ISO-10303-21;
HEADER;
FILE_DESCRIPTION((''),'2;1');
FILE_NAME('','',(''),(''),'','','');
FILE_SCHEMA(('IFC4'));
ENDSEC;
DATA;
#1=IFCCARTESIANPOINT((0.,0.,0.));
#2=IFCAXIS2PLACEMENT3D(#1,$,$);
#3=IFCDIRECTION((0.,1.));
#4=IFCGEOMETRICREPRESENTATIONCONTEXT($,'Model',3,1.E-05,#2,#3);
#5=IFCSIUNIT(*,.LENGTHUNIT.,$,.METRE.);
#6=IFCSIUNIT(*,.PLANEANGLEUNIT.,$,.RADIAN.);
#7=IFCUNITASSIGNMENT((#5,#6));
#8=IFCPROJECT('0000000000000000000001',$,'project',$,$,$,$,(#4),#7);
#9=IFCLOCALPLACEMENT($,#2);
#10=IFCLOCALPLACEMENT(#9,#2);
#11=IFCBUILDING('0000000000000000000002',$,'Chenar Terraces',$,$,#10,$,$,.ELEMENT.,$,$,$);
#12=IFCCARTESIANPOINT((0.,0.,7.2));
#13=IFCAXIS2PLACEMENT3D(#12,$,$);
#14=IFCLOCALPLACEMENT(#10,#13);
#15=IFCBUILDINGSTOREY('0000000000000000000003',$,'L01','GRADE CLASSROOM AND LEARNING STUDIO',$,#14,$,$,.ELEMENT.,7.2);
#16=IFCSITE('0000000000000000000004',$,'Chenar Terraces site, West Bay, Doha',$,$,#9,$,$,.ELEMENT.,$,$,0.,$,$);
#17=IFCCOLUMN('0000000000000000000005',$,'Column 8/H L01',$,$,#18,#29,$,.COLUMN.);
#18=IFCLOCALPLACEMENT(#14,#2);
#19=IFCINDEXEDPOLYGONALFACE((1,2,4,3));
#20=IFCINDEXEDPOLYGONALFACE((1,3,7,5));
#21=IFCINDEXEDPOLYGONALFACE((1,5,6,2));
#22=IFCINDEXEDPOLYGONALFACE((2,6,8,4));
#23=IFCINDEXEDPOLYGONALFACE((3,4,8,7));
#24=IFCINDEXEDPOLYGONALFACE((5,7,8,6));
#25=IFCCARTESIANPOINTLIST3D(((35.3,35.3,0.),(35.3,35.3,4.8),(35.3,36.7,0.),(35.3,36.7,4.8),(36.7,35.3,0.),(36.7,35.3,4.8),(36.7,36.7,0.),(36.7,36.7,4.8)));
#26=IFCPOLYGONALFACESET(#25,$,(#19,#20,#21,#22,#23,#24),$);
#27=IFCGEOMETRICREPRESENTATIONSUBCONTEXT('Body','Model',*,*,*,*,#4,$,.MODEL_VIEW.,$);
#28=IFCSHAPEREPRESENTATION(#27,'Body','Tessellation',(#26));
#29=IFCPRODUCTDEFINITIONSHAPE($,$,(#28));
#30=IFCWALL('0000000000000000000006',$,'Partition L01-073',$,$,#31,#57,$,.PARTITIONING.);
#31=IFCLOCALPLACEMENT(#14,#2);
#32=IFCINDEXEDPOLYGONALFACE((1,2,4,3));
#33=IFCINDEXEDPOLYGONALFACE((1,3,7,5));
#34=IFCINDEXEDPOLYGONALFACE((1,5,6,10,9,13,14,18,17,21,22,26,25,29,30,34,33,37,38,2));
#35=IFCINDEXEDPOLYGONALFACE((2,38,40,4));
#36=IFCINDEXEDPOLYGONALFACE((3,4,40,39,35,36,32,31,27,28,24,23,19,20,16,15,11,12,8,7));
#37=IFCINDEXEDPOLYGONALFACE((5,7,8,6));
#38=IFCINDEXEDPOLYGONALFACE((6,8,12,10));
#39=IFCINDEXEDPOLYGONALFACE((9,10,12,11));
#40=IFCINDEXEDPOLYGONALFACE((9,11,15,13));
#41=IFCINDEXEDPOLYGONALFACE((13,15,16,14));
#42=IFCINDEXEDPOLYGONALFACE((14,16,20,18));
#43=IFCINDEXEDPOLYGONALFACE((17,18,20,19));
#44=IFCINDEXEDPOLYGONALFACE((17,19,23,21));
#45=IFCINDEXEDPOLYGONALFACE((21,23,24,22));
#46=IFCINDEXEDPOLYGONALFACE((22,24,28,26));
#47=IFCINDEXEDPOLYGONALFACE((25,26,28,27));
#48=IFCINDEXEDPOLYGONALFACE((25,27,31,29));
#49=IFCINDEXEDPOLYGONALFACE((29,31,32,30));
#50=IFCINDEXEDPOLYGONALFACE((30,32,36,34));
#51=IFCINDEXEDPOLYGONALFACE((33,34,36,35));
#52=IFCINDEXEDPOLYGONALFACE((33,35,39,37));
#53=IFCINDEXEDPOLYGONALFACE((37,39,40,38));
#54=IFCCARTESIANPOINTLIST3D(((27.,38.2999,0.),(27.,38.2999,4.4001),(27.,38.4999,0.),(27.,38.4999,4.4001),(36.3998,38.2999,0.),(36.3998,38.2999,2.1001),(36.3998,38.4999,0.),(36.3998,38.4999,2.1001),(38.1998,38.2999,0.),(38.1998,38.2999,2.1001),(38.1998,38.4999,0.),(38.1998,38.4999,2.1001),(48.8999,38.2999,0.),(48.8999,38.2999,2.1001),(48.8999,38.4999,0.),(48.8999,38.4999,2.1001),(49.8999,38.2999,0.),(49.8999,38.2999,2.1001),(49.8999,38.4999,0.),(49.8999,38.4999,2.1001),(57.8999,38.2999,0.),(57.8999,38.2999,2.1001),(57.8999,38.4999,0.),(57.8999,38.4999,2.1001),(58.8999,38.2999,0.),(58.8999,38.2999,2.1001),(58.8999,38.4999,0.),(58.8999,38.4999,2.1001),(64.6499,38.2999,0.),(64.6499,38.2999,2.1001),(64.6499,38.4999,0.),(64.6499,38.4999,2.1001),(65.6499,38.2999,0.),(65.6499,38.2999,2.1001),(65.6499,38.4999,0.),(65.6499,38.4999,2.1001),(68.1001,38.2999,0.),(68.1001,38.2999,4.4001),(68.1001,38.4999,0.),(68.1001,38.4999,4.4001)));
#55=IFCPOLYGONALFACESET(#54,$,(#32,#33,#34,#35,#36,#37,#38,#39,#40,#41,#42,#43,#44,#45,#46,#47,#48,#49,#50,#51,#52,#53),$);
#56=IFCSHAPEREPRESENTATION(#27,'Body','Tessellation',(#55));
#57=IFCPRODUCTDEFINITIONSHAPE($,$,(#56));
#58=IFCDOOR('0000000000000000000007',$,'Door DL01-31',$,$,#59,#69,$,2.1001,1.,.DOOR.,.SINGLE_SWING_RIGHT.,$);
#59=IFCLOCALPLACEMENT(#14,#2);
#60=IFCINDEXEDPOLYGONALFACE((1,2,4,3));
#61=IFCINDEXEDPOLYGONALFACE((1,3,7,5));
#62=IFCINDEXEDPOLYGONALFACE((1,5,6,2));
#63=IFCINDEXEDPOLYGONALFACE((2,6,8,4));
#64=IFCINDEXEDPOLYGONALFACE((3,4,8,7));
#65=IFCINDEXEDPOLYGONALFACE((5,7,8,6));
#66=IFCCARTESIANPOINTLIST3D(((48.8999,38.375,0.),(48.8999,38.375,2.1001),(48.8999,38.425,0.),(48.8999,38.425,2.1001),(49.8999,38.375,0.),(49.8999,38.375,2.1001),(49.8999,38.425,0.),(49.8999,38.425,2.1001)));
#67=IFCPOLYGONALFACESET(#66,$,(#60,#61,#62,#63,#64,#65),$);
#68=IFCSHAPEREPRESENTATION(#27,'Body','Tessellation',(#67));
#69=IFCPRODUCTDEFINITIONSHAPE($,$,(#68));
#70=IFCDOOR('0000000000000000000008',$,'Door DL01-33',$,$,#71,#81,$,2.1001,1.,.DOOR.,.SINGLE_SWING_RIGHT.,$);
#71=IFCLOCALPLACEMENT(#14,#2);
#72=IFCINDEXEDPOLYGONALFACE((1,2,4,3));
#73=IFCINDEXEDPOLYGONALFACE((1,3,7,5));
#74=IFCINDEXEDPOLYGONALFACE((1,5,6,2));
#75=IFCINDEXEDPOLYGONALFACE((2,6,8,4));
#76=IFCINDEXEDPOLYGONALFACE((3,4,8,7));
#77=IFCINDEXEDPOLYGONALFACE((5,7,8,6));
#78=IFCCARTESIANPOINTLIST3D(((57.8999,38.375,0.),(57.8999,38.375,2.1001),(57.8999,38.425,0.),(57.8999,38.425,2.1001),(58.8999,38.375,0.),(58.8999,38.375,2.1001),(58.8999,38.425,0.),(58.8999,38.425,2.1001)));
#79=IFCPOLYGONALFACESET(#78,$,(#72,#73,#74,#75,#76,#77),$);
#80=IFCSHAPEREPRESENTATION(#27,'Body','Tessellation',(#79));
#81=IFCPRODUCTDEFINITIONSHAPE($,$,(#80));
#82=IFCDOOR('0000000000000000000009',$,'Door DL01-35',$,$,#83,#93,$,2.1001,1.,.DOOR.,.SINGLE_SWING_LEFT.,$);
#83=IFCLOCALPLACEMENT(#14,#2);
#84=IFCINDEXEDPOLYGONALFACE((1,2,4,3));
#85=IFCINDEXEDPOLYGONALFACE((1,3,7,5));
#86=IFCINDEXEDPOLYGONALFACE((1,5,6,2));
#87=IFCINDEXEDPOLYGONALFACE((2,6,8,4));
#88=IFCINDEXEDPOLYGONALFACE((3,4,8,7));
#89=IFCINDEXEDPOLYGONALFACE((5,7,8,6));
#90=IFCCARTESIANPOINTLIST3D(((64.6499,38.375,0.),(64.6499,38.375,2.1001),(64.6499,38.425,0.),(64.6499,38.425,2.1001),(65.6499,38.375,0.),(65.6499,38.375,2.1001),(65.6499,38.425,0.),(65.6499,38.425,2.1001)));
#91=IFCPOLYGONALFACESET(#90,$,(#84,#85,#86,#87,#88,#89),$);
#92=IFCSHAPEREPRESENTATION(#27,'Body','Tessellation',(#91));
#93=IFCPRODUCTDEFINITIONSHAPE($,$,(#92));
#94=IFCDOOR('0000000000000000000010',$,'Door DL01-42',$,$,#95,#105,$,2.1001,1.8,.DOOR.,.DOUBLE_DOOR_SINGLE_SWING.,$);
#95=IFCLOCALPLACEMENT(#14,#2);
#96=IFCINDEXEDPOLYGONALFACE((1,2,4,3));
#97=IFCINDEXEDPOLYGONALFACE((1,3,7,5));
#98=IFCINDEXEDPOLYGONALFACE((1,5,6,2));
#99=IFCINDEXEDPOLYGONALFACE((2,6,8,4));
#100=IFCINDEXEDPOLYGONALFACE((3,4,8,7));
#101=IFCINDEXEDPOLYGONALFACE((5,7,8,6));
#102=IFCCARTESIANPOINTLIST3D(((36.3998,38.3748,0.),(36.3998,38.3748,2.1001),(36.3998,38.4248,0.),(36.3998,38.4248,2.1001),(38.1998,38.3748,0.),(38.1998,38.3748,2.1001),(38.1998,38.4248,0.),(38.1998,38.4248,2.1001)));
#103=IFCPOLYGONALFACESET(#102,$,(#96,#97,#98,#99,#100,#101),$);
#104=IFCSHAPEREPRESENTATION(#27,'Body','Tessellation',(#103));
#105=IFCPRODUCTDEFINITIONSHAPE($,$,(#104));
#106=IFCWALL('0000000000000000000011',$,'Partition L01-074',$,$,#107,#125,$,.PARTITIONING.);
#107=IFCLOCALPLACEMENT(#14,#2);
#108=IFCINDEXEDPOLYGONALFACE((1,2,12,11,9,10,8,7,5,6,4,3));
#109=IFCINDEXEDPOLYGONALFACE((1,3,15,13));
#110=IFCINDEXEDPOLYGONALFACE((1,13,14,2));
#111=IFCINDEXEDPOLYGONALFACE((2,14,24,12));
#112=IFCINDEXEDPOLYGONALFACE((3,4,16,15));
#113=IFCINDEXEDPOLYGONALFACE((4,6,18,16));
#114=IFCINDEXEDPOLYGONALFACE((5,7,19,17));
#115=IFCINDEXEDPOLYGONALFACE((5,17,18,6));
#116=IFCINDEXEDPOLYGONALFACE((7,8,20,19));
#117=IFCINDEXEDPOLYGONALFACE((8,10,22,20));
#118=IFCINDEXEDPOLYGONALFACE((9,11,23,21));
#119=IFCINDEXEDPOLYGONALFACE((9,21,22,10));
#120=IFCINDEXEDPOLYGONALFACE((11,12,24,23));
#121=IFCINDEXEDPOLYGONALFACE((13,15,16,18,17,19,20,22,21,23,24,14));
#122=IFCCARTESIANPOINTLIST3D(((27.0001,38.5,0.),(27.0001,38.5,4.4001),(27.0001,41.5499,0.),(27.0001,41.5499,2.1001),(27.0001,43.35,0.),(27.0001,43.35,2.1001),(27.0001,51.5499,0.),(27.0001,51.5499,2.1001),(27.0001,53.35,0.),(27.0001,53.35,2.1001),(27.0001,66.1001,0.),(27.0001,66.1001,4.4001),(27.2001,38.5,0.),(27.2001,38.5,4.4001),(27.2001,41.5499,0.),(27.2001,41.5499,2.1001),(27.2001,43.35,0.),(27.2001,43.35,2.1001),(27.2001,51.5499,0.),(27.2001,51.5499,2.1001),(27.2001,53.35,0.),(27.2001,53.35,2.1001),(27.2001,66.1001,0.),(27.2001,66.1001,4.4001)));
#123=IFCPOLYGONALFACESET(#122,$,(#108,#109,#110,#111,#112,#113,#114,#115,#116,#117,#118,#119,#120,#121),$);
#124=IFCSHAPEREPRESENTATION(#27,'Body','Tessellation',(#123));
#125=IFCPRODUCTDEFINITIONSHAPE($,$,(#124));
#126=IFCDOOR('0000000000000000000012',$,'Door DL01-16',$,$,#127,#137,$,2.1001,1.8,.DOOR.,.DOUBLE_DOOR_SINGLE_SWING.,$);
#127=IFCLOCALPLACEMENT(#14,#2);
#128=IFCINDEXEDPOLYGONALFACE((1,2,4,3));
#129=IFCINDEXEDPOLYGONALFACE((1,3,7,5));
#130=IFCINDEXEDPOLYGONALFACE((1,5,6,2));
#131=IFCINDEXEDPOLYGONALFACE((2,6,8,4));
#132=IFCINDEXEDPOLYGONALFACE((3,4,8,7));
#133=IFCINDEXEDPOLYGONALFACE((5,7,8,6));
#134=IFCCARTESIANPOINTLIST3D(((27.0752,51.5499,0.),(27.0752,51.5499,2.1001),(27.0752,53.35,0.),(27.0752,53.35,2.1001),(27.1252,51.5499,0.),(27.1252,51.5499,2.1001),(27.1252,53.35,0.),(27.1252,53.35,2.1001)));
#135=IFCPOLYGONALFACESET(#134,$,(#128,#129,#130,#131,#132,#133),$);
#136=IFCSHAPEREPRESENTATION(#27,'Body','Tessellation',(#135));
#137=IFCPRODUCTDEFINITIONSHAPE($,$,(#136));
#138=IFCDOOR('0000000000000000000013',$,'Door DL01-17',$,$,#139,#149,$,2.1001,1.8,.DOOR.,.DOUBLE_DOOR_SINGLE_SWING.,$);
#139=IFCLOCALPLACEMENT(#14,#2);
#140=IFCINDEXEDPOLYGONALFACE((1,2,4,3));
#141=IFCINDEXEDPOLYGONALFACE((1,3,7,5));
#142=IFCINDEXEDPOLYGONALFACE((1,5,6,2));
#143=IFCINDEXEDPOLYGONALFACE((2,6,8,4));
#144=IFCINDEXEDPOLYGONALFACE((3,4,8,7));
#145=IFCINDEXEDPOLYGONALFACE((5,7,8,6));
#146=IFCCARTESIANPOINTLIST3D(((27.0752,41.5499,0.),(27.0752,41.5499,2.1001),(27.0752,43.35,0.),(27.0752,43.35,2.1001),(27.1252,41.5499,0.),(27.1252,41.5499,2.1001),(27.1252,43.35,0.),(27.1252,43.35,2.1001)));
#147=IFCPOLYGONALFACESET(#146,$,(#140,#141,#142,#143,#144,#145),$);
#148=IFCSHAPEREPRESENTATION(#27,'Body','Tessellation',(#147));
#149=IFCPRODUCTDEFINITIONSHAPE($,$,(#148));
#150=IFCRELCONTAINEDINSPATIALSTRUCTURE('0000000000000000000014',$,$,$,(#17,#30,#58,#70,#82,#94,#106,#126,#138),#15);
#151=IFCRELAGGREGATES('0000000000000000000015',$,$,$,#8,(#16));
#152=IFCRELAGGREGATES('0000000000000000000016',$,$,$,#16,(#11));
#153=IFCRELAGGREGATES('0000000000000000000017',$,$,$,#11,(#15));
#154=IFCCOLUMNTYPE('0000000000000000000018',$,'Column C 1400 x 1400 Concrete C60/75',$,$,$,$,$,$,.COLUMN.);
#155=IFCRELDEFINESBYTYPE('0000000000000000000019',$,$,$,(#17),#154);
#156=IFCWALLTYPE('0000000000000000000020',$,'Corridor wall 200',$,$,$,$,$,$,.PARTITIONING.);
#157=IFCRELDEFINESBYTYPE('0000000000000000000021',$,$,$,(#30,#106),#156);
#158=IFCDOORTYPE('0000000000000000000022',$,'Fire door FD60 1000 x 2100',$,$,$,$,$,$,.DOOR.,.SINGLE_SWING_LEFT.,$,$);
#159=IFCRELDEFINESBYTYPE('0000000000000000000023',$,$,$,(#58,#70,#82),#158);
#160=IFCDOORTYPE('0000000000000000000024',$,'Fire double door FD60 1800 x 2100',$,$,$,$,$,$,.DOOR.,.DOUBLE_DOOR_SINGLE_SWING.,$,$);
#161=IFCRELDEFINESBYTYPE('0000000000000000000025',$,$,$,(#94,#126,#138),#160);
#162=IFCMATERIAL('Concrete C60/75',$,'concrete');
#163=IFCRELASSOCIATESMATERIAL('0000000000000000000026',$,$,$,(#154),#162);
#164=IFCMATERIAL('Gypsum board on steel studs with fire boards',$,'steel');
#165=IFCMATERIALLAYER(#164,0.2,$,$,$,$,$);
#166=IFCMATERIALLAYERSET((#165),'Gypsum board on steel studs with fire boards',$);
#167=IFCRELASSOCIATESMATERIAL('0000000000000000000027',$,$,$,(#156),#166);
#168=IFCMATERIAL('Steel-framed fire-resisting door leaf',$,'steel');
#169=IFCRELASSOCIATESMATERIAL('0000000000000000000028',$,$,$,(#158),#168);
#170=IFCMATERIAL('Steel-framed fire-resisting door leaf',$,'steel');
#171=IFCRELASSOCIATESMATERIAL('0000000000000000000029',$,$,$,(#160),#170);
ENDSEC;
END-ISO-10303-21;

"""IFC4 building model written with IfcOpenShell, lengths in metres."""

from ifc_helpers import new_model, si_unit, direction, frame, frame_2d, origin, origin_2d, place, context, subcontext, project, spatial, rectangle, extrude, material, layer, layer_set, material_profile, profile_set, type_object, element, fill, save


model = new_model("IFC4")

# Units and contexts
model_context = context("Model", 3, precision=1e-05, world=origin(), true_north=direction((0.0, 1.0)))
body_context = subcontext(model_context, "Body", "Model", "MODEL_VIEW")
ifc_project = project(units=[si_unit("LENGTHUNIT", "METRE"), si_unit("PLANEANGLEUNIT", "RADIAN")], contexts=[model_context])

# Site, building, storey
site_placement = place(None, origin())
site = spatial("IfcSite", under=ifc_project, at=site_placement, Name="Chenar Terraces site, West Bay, Doha", CompositionType="ELEMENT", RefElevation=0.0)
building_placement = place(site_placement, origin())
building = spatial("IfcBuilding", under=site, at=building_placement, Name="Chenar Terraces", CompositionType="ELEMENT")
storey_placement = place(building_placement, frame((0.0, 0.0, 7.2)))
storey = spatial("IfcBuildingStorey", under=building, at=storey_placement, Name="L01", Description="GRADE CLASSROOM AND LEARNING STUDIO", CompositionType="ELEMENT", Elevation=7.2)

# Column
ifc_material_1 = material(Name="Concrete C60/75", Category="concrete")
ifc_material_profile = material_profile(ifc_material_1, rectangle(XDim=1.3999, YDim=1.3999, at=origin_2d()), Name="C 1400 x 1400")
ifc_profile_set = profile_set([ifc_material_profile], Name="Concrete C60/75")
column_type = type_object("IfcColumnType", Name="Column C 1400 x 1400 Concrete C60/75", PredefinedType="COLUMN", material=ifc_profile_set)
column_placement = place(storey_placement, frame((36.0, 36.0, 0.0), z_axis=(0.0, 0.0, 1.0), x_axis=(1.0, 0.0, 0.0)))
element("IfcColumn", 1, at=column_placement, inside=storey, type_object=column_type, Name="Column 8/H L01", PredefinedType="COLUMN", context=body_context, shape_type="SweptSolid", body=[
    extrude(rectangle(XDim=1.3999, YDim=1.3999, at=origin_2d()), origin(), (0.0, 0.0, 1.0), 4.8),
])

# Walls, openings, doors
ifc_material_2 = material(Name="Gypsum board on steel studs with fire boards", Category="steel")
ifc_layer_1 = layer(ifc_material_2, 0.2)
ifc_layer_set_1 = layer_set([ifc_layer_1], Name="Gypsum board on steel studs with fire boards")
wall_type_1 = type_object("IfcWallType", Name="Corridor wall 200", PredefinedType="PARTITIONING", material=ifc_layer_set_1)
wall_1_placement = place(storey_placement, frame((27.0, 38.3999, 0.0), z_axis=(0.0, 0.0, 1.0), x_axis=(1.0, 0.0, 0.0)))
wall_1 = element("IfcWall", 2, at=wall_1_placement, inside=storey, type_object=wall_type_1, Name="Partition L01-073", PredefinedType="PARTITIONING", context=body_context, shape_type="SweptSolid", body=[
    extrude(rectangle(XDim=41.1001, YDim=0.2, at=frame_2d((20.55, 0.0))), origin(), (0.0, 0.0, 1.0), 4.4001),
])
opening_1_placement = place(wall_1_placement, frame((21.8999, 0.0, 0.0)))
opening_1 = element("IfcOpeningElement", 3, at=opening_1_placement, cuts=wall_1, PredefinedType="OPENING", context=body_context, shape_type="SweptSolid", body=[
    extrude(rectangle(XDim=1.0, YDim=2.1001, at=frame_2d((0.5, 1.05))), frame((0.0, 0.1099, 0.0), z_axis=(0.0, -1.0, 0.0), x_axis=(1.0, 0.0, 0.0)), (0.0, 0.0, 1.0), 0.22),
])
opening_2_placement = place(wall_1_placement, frame((30.8999, 0.0, 0.0)))
opening_2 = element("IfcOpeningElement", 4, at=opening_2_placement, cuts=wall_1, PredefinedType="OPENING", context=body_context, shape_type="SweptSolid", body=[
    extrude(rectangle(XDim=1.0, YDim=2.1001, at=frame_2d((0.5, 1.05))), frame((0.0, 0.1099, 0.0), z_axis=(0.0, -1.0, 0.0), x_axis=(1.0, 0.0, 0.0)), (0.0, 0.0, 1.0), 0.22),
])
opening_3_placement = place(wall_1_placement, frame((37.6499, 0.0, 0.0)))
opening_3 = element("IfcOpeningElement", 5, at=opening_3_placement, cuts=wall_1, PredefinedType="OPENING", context=body_context, shape_type="SweptSolid", body=[
    extrude(rectangle(XDim=1.0, YDim=2.1001, at=frame_2d((0.5, 1.05))), frame((0.0, 0.1099, 0.0), z_axis=(0.0, -1.0, 0.0), x_axis=(1.0, 0.0, 0.0)), (0.0, 0.0, 1.0), 0.22),
])
opening_4_placement = place(wall_1_placement, frame((9.3999, 0.0, 0.0)))
opening_4 = element("IfcOpeningElement", 6, at=opening_4_placement, cuts=wall_1, PredefinedType="OPENING", context=body_context, shape_type="SweptSolid", body=[
    extrude(rectangle(XDim=1.8, YDim=2.1001, at=frame_2d((0.8999, 1.05))), frame((0.0, 0.1099, 0.0), z_axis=(0.0, -1.0, 0.0), x_axis=(1.0, 0.0, 0.0)), (0.0, 0.0, 1.0), 0.22),
])
ifc_material_3 = material(Name="Steel-framed fire-resisting door leaf", Category="steel")
door_type_1 = type_object("IfcDoorType", Name="Fire door FD60 1000 x 2100", OperationType="SINGLE_SWING_LEFT", PredefinedType="DOOR", material=ifc_material_3)
door_1_placement = place(opening_1_placement, frame((1.0, 0.0, 0.0), z_axis=(0.0, 0.0, 1.0), x_axis=(-1.0, 0.0, 0.0)))
door_1 = element("IfcDoor", 7, at=door_1_placement, inside=storey, type_object=door_type_1, Name="Door DL01-31", OperationType="SINGLE_SWING_RIGHT", OverallHeight=2.1001, OverallWidth=1.0, PredefinedType="DOOR", context=body_context, shape_type="SweptSolid", body=[
    extrude(rectangle(XDim=1.0, YDim=2.1001, at=frame_2d((0.5, 1.05))), frame((0.0, 0.0249, 0.0), z_axis=(0.0, -1.0, 0.0), x_axis=(1.0, 0.0, 0.0)), (0.0, 0.0, 1.0), 0.05),
])
fill(opening_1, door_1)
door_2_placement = place(opening_2_placement, frame((1.0, 0.0, 0.0), z_axis=(0.0, 0.0, 1.0), x_axis=(-1.0, 0.0, 0.0)))
door_2 = element("IfcDoor", 8, at=door_2_placement, inside=storey, type_object=door_type_1, Name="Door DL01-33", OperationType="SINGLE_SWING_RIGHT", OverallHeight=2.1001, OverallWidth=1.0, PredefinedType="DOOR", context=body_context, shape_type="SweptSolid", body=[
    extrude(rectangle(XDim=1.0, YDim=2.1001, at=frame_2d((0.5, 1.05))), frame((0.0, 0.0249, 0.0), z_axis=(0.0, -1.0, 0.0), x_axis=(1.0, 0.0, 0.0)), (0.0, 0.0, 1.0), 0.05),
])
fill(opening_2, door_2)
door_3_placement = place(opening_3_placement, frame((1.0, 0.0, 0.0), z_axis=(0.0, 0.0, 1.0), x_axis=(-1.0, 0.0, 0.0)))
door_3 = element("IfcDoor", 9, at=door_3_placement, inside=storey, type_object=door_type_1, Name="Door DL01-35", OperationType="SINGLE_SWING_LEFT", OverallHeight=2.1001, OverallWidth=1.0, PredefinedType="DOOR", context=body_context, shape_type="SweptSolid", body=[
    extrude(rectangle(XDim=1.0, YDim=2.1001, at=frame_2d((0.5, 1.05))), frame((0.0, 0.0249, 0.0), z_axis=(0.0, -1.0, 0.0), x_axis=(1.0, 0.0, 0.0)), (0.0, 0.0, 1.0), 0.05),
])
fill(opening_3, door_3)
ifc_material_4 = material(Name="Steel-framed fire-resisting door leaf", Category="steel")
door_type_2 = type_object("IfcDoorType", Name="Fire double door FD60 1800 x 2100", OperationType="DOUBLE_DOOR_SINGLE_SWING", PredefinedType="DOOR", material=ifc_material_4)
door_4_placement = place(opening_4_placement, origin())
door_4 = element("IfcDoor", 10, at=door_4_placement, inside=storey, type_object=door_type_2, Name="Door DL01-42", OperationType="DOUBLE_DOOR_SINGLE_SWING", OverallHeight=2.1001, OverallWidth=1.8, PredefinedType="DOOR", context=body_context, shape_type="SweptSolid", body=[
    extrude(rectangle(XDim=1.8, YDim=2.1001, at=frame_2d((0.8999, 1.05))), frame((0.0, 0.0249, 0.0), z_axis=(0.0, -1.0, 0.0), x_axis=(1.0, 0.0, 0.0)), (0.0, 0.0, 1.0), 0.05),
])
fill(opening_4, door_4)
wall_2_placement = place(storey_placement, frame((27.1001, 38.5, 0.0), z_axis=(0.0, 0.0, 1.0), x_axis=(0.0, 1.0, 0.0)))
wall_2 = element("IfcWall", 11, at=wall_2_placement, inside=storey, type_object=wall_type_1, Name="Partition L01-074", PredefinedType="PARTITIONING", context=body_context, shape_type="SweptSolid", body=[
    extrude(rectangle(XDim=27.6001, YDim=0.2, at=frame_2d((13.8, 0.0))), origin(), (0.0, 0.0, 1.0), 4.4001),
])
opening_5_placement = place(wall_2_placement, frame((13.05, 0.0, 0.0)))
opening_5 = element("IfcOpeningElement", 12, at=opening_5_placement, cuts=wall_2, PredefinedType="OPENING", context=body_context, shape_type="SweptSolid", body=[
    extrude(rectangle(XDim=1.8, YDim=2.1001, at=frame_2d((0.8999, 1.05))), frame((0.0, 0.1099, 0.0), z_axis=(0.0, -1.0, 0.0), x_axis=(1.0, 0.0, 0.0)), (0.0, 0.0, 1.0), 0.22),
])
opening_6_placement = place(wall_2_placement, frame((3.05, 0.0, 0.0)))
opening_6 = element("IfcOpeningElement", 13, at=opening_6_placement, cuts=wall_2, PredefinedType="OPENING", context=body_context, shape_type="SweptSolid", body=[
    extrude(rectangle(XDim=1.8, YDim=2.1001, at=frame_2d((0.8999, 1.05))), frame((0.0, 0.1099, 0.0), z_axis=(0.0, -1.0, 0.0), x_axis=(1.0, 0.0, 0.0)), (0.0, 0.0, 1.0), 0.22),
])
door_5_placement = place(opening_5_placement, origin())
door_5 = element("IfcDoor", 14, at=door_5_placement, inside=storey, type_object=door_type_2, Name="Door DL01-16", OperationType="DOUBLE_DOOR_SINGLE_SWING", OverallHeight=2.1001, OverallWidth=1.8, PredefinedType="DOOR", context=body_context, shape_type="SweptSolid", body=[
    extrude(rectangle(XDim=1.8, YDim=2.1001, at=frame_2d((0.8999, 1.05))), frame((0.0, 0.0249, 0.0), z_axis=(0.0, -1.0, 0.0), x_axis=(1.0, 0.0, 0.0)), (0.0, 0.0, 1.0), 0.05),
])
fill(opening_5, door_5)
door_6_placement = place(opening_6_placement, origin())
door_6 = element("IfcDoor", 15, at=door_6_placement, inside=storey, type_object=door_type_2, Name="Door DL01-17", OperationType="DOUBLE_DOOR_SINGLE_SWING", OverallHeight=2.1001, OverallWidth=1.8, PredefinedType="DOOR", context=body_context, shape_type="SweptSolid", body=[
    extrude(rectangle(XDim=1.8, YDim=2.1001, at=frame_2d((0.8999, 1.05))), frame((0.0, 0.0249, 0.0), z_axis=(0.0, -1.0, 0.0), x_axis=(1.0, 0.0, 0.0)), (0.0, 0.0, 1.0), 0.05),
])
fill(opening_6, door_6)

save(model, "model.ifc")
